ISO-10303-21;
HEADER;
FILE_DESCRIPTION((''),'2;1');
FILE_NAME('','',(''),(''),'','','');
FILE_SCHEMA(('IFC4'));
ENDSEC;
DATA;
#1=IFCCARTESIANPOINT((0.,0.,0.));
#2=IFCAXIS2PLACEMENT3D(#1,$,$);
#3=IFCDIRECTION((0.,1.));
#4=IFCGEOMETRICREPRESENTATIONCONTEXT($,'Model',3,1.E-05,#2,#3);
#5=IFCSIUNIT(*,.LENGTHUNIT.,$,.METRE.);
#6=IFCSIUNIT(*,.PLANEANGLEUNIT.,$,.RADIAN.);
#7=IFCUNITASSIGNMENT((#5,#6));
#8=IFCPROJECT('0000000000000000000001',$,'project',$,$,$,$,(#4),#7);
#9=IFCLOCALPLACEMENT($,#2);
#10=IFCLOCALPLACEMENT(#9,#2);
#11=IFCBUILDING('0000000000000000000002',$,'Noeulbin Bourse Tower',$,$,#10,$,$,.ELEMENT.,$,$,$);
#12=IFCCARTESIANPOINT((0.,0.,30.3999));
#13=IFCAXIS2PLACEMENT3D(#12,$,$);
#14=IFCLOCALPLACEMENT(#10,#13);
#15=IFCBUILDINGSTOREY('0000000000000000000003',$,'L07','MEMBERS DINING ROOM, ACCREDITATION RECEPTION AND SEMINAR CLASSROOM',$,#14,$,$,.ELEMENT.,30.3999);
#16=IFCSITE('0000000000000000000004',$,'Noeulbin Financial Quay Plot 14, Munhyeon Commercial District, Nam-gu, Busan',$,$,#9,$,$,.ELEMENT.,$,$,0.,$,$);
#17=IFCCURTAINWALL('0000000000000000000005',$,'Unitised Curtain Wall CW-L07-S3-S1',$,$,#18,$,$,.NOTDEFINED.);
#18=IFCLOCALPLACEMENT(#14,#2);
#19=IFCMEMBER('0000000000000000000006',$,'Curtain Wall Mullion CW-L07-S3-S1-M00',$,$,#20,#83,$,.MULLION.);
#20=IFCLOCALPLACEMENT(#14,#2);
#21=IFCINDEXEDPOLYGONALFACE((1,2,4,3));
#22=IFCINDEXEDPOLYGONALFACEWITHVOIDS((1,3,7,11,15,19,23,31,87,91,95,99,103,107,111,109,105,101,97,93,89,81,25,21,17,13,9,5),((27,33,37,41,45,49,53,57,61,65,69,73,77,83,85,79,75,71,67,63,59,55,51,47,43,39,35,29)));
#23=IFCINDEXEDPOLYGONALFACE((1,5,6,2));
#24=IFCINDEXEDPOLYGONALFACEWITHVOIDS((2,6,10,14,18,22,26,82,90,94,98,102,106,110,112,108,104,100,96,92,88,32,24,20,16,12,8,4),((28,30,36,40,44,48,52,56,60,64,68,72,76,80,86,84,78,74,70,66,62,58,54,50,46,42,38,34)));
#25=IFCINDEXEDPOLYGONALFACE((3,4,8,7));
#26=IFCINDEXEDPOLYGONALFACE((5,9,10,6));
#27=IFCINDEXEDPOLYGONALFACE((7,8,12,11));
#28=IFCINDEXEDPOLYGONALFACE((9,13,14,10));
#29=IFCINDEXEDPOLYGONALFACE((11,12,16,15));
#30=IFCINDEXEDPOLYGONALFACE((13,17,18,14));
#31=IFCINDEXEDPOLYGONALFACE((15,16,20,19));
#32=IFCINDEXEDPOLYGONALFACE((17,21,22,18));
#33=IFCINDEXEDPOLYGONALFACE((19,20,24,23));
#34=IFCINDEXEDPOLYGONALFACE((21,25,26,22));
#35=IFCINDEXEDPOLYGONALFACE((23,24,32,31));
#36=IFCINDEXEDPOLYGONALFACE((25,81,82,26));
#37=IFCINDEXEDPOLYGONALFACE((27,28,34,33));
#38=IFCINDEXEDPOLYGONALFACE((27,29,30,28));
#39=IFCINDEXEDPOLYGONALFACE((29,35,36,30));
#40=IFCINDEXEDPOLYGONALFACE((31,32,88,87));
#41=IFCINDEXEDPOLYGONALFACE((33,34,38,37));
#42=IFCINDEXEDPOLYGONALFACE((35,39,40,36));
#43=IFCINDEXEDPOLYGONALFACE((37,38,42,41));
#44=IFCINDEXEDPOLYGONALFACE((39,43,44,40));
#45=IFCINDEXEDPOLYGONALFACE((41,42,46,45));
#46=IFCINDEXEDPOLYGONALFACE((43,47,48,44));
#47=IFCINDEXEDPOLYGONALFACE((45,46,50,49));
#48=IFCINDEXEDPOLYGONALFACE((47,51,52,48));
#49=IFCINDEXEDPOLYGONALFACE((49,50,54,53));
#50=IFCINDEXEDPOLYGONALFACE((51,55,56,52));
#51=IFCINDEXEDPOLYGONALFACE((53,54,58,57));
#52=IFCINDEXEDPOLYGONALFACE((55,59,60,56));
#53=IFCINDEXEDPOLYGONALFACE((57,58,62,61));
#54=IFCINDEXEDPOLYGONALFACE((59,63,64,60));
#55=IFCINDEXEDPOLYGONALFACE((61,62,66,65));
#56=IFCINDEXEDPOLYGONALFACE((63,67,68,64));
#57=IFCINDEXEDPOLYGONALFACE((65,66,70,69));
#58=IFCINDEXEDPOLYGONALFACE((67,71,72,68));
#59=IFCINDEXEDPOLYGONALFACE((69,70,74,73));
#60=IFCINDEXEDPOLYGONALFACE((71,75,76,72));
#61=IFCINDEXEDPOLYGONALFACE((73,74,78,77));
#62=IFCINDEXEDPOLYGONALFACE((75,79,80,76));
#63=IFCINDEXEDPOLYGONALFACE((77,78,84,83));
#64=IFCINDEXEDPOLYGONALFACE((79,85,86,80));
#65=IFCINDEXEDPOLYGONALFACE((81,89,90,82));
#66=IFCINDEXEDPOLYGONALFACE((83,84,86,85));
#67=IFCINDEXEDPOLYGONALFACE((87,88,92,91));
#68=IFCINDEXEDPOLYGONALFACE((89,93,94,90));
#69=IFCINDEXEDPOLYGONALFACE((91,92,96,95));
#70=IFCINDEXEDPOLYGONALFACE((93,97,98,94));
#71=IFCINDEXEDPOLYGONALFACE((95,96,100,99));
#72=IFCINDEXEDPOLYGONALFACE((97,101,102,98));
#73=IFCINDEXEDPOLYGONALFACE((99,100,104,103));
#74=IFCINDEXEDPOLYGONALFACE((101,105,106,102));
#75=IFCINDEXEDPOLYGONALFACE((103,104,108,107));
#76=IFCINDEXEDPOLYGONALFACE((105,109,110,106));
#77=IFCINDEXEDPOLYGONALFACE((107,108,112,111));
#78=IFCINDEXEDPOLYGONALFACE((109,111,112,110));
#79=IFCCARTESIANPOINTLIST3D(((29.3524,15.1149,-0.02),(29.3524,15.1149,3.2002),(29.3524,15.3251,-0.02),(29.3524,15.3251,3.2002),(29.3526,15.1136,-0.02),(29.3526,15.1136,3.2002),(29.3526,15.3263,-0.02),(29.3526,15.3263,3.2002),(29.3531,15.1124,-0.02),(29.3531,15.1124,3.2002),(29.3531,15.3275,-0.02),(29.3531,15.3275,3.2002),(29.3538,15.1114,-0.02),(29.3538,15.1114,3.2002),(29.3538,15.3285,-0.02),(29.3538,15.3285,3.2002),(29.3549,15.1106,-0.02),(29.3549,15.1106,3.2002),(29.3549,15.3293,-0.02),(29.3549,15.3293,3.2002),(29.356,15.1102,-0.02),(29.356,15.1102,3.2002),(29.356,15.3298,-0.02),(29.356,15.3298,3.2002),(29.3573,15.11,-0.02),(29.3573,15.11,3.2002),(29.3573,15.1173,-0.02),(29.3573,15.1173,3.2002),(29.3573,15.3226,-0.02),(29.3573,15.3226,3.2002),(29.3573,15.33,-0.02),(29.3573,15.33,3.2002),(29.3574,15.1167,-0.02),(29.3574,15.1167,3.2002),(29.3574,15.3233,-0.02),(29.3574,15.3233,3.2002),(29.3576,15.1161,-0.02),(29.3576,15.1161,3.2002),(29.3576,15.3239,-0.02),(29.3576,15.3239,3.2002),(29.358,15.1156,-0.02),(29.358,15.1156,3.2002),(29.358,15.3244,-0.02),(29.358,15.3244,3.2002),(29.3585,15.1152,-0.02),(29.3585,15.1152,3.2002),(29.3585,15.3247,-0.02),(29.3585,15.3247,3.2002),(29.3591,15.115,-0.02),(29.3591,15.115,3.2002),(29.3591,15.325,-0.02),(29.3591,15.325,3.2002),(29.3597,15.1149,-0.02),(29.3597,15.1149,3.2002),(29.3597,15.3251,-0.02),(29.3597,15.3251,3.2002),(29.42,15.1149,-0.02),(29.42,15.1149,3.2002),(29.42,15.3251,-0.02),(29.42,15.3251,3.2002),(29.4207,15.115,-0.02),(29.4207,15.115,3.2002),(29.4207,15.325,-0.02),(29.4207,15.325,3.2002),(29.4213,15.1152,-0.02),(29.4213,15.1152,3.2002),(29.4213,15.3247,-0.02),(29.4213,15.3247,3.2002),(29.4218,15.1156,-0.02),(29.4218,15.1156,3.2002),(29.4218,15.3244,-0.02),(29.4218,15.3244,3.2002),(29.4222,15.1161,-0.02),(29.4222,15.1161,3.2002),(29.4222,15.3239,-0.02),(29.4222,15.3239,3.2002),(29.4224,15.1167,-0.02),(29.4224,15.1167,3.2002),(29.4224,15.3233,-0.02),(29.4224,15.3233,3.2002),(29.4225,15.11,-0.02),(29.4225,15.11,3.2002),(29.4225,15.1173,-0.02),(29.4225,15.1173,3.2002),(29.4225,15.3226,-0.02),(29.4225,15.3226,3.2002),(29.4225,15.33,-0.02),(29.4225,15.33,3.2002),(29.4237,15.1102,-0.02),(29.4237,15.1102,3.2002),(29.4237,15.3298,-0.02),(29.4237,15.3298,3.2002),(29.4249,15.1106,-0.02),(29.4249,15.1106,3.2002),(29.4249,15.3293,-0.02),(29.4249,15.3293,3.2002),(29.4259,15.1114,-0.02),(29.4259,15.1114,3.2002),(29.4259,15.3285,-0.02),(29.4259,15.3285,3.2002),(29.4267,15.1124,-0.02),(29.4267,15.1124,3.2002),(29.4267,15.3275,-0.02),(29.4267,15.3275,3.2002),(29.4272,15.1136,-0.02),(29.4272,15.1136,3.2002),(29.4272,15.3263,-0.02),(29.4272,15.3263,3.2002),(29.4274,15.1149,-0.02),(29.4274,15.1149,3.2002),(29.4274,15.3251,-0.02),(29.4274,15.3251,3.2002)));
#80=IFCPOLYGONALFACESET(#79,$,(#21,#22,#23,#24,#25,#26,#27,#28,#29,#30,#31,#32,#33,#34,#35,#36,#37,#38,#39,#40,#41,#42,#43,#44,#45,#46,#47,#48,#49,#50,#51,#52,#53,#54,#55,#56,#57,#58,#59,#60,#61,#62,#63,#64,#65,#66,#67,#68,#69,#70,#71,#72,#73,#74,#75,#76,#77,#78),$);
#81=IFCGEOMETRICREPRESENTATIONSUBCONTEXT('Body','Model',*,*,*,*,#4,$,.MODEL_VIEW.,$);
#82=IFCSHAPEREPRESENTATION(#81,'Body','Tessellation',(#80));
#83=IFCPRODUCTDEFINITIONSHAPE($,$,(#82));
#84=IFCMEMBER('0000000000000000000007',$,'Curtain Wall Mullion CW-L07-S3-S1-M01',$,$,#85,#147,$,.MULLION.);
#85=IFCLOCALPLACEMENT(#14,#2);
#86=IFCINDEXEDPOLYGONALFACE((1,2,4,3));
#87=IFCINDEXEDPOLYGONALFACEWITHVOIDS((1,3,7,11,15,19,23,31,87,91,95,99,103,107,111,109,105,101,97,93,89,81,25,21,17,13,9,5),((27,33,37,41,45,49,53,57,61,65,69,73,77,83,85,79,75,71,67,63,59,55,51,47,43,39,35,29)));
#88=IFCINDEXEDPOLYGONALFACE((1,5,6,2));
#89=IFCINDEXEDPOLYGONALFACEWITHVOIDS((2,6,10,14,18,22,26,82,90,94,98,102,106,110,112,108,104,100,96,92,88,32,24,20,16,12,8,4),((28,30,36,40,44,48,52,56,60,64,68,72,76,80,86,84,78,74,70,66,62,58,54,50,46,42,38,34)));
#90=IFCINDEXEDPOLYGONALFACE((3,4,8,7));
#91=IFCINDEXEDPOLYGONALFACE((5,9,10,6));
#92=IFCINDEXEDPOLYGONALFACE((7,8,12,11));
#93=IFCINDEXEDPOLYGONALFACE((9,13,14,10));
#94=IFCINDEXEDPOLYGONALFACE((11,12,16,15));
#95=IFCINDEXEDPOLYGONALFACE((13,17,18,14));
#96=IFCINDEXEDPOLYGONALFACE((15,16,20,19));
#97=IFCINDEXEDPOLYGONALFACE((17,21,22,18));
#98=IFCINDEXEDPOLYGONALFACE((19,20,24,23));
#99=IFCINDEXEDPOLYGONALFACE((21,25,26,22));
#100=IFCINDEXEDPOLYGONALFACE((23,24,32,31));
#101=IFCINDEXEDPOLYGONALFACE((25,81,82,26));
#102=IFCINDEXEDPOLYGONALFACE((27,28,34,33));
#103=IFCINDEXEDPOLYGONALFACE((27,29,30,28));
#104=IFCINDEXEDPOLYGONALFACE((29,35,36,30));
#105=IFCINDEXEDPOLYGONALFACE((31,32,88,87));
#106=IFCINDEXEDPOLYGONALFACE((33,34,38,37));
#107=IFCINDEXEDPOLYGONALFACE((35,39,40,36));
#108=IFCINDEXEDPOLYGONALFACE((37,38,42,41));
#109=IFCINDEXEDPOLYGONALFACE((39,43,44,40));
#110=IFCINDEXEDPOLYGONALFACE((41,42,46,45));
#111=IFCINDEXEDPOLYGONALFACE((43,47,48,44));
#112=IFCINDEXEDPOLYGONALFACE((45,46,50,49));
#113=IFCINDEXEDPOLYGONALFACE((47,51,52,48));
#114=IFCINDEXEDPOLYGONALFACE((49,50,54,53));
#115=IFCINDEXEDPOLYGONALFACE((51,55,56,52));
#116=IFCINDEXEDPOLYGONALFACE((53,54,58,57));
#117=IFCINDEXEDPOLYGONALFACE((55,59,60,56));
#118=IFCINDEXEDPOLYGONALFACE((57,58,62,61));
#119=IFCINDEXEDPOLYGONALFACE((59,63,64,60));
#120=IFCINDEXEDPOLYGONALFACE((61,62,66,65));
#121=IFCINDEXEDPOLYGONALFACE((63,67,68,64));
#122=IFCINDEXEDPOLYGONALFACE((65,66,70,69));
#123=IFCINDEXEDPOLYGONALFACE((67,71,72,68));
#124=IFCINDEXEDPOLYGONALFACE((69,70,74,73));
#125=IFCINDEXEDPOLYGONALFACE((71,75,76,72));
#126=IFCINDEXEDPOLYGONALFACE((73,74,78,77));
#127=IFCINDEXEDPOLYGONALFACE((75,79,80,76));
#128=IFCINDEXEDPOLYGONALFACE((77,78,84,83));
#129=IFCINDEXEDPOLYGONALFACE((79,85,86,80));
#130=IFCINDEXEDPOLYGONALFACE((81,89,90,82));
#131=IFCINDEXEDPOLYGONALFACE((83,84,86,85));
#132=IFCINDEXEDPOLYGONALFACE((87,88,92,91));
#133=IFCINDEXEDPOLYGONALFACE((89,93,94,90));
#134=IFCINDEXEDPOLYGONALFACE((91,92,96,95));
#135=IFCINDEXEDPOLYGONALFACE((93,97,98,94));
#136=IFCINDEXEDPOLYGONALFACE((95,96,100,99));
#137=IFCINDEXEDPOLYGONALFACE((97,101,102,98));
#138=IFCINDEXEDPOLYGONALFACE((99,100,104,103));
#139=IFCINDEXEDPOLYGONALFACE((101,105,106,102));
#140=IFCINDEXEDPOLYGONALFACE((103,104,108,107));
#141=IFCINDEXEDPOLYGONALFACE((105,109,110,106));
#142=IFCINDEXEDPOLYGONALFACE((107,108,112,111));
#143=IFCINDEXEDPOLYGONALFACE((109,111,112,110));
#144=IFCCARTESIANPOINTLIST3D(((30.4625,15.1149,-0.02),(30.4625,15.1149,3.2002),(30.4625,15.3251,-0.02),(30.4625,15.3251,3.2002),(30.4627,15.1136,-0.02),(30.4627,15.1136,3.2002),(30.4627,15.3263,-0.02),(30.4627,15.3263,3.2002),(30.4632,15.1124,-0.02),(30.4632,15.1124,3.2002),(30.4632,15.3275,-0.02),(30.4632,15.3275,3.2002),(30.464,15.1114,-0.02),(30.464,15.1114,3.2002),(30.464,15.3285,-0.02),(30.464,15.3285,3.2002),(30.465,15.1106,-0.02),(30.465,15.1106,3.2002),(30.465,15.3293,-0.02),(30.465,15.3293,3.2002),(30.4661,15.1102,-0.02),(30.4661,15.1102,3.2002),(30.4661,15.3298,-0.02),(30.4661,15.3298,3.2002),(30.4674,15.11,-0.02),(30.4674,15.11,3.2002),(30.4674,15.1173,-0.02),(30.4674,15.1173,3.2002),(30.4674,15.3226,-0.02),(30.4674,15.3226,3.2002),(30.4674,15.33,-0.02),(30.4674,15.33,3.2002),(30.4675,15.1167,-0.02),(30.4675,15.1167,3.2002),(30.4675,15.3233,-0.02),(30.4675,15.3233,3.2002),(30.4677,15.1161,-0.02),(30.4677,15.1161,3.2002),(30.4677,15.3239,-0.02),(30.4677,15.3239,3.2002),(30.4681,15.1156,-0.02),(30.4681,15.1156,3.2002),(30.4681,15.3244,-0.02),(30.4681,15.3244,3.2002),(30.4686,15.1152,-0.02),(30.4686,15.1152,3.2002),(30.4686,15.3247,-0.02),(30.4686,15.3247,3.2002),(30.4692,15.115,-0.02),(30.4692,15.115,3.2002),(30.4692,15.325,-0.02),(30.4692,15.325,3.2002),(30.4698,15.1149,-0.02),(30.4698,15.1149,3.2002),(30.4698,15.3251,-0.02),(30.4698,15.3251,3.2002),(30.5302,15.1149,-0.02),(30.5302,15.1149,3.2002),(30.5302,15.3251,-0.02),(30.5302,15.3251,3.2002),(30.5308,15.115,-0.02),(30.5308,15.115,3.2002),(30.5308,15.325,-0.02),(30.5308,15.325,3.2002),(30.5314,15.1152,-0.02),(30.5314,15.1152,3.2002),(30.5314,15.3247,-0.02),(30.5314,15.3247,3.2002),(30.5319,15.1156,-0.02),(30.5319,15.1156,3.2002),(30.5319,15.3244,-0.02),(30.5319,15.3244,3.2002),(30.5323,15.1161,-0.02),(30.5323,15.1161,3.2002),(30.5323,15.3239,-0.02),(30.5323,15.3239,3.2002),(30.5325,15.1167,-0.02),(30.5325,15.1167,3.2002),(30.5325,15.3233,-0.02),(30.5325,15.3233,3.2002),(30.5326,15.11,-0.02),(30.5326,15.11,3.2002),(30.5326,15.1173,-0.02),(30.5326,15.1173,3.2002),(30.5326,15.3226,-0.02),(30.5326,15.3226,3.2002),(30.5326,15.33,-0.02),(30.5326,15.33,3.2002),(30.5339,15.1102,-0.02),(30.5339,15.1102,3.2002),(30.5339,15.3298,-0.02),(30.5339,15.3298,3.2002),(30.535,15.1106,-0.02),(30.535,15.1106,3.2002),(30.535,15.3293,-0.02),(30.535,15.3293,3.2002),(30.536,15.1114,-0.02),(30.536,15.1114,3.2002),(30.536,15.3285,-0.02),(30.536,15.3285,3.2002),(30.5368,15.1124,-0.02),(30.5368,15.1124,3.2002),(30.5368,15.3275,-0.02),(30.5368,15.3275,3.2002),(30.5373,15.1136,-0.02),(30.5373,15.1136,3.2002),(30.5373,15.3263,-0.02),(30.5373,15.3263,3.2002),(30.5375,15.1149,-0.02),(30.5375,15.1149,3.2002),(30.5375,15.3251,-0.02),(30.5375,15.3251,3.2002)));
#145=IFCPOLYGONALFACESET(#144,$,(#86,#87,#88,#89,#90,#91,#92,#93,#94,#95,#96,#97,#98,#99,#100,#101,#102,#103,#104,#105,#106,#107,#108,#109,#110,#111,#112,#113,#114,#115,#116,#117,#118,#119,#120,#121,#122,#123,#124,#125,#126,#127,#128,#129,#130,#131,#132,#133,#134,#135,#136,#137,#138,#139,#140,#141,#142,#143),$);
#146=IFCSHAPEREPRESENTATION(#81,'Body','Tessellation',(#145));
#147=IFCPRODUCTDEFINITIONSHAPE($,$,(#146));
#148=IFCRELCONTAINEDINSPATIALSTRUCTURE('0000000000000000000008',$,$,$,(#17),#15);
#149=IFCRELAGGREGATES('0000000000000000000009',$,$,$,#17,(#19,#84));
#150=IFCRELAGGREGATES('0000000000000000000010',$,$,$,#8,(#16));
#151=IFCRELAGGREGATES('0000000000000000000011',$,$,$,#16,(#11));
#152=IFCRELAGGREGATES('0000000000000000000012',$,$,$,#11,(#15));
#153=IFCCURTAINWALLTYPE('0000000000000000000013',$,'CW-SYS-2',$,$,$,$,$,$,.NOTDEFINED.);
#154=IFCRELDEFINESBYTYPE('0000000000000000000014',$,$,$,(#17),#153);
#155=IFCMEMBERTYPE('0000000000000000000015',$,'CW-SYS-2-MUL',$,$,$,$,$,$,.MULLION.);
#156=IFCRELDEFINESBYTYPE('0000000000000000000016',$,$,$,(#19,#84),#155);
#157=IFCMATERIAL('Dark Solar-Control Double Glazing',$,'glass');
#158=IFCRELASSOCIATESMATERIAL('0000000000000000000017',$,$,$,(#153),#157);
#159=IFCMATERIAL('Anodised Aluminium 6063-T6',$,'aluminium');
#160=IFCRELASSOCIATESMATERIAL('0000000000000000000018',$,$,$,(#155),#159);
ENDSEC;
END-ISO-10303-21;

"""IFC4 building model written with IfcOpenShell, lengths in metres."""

from ifc_helpers import new_model, si_unit, direction, frame, origin, origin_2d, place, context, subcontext, project, spatial, hollow_rectangle, extrude, material, material_profile, profile_set, type_object, element, aggregate, save


model = new_model("IFC4")

# Units and contexts
model_context = context("Model", 3, precision=1e-05, world=origin(), true_north=direction((0.0, 1.0)))
body_context = subcontext(model_context, "Body", "Model", "MODEL_VIEW")
ifc_project = project(units=[si_unit("LENGTHUNIT", "METRE"), si_unit("PLANEANGLEUNIT", "RADIAN")], contexts=[model_context])

# Site, building, storey
site_placement = place(None, origin())
site = spatial("IfcSite", under=ifc_project, at=site_placement, Name="Noeulbin Financial Quay Plot 14, Munhyeon Commercial District, Nam-gu, Busan", CompositionType="ELEMENT", RefElevation=0.0)
building_placement = place(site_placement, origin())
building = spatial("IfcBuilding", under=site, at=building_placement, Name="Noeulbin Bourse Tower", CompositionType="ELEMENT")
storey_placement = place(building_placement, frame((0.0, 0.0, 30.3999)))
storey = spatial("IfcBuildingStorey", under=building, at=storey_placement, Name="L07", Description="MEMBERS DINING ROOM, ACCREDITATION RECEPTION AND SEMINAR CLASSROOM", CompositionType="ELEMENT", Elevation=30.3999)

# Curtain wall, members
ifc_material_1 = material(Name="Dark Solar-Control Double Glazing", Category="glass")
curtain_wall_type = type_object("IfcCurtainWallType", Name="CW-SYS-2", PredefinedType="NOTDEFINED", material=ifc_material_1)
curtain_wall_1_placement = place(storey_placement, origin())
curtain_wall_1 = element("IfcCurtainWall", 1, at=curtain_wall_1_placement, inside=storey, type_object=curtain_wall_type, Name="Unitised Curtain Wall CW-L07-S3-S1", PredefinedType="NOTDEFINED")
ifc_material_2 = material(Name="Anodised Aluminium 6063-T6", Category="aluminium")
ifc_material_profile_1 = material_profile(ifc_material_2, hollow_rectangle(XDim=0.075, YDim=0.22, WallThickness=0.0049, InnerFilletRadius=0.0024, OuterFilletRadius=0.0049, at=origin_2d()), Name="ALU-MULL-75x220x5", Category="LoadBearing")
ifc_profile_set_1 = profile_set([ifc_material_profile_1], Name="Anodised Aluminium 6063-T6")
member_type_1 = type_object("IfcMemberType", Name="CW-SYS-2-MUL", PredefinedType="MULLION", material=ifc_profile_set_1)
member_1_placement = place(storey_placement, frame((29.3899, 15.22, -0.02), z_axis=(0.0, 0.0, 1.0), x_axis=(1.0, 0.0, 0.0)))
member_1 = element("IfcMember", 2, at=member_1_placement, type_object=member_type_1, Name="Curtain Wall Mullion CW-L07-S3-S1-M00", PredefinedType="MULLION", context=body_context, shape_type="SweptSolid", body=[
    extrude(hollow_rectangle(XDim=0.075, YDim=0.22, WallThickness=0.0049, InnerFilletRadius=0.0024, OuterFilletRadius=0.0049, at=origin_2d()), origin(), (0.0, 0.0, 1.0), 3.2202),
])
member_2_placement = place(storey_placement, frame((30.5, 15.22, -0.02), z_axis=(0.0, 0.0, 1.0), x_axis=(1.0, 0.0, 0.0)))
member_2 = element("IfcMember", 3, at=member_2_placement, type_object=member_type_1, Name="Curtain Wall Mullion CW-L07-S3-S1-M01", PredefinedType="MULLION", context=body_context, shape_type="SweptSolid", body=[
    extrude(hollow_rectangle(XDim=0.075, YDim=0.22, WallThickness=0.0049, InnerFilletRadius=0.0024, OuterFilletRadius=0.0049, at=origin_2d()), origin(), (0.0, 0.0, 1.0), 3.2202),
])

aggregate(curtain_wall_1, [member_1, member_2])

save(model, "model.ifc")
